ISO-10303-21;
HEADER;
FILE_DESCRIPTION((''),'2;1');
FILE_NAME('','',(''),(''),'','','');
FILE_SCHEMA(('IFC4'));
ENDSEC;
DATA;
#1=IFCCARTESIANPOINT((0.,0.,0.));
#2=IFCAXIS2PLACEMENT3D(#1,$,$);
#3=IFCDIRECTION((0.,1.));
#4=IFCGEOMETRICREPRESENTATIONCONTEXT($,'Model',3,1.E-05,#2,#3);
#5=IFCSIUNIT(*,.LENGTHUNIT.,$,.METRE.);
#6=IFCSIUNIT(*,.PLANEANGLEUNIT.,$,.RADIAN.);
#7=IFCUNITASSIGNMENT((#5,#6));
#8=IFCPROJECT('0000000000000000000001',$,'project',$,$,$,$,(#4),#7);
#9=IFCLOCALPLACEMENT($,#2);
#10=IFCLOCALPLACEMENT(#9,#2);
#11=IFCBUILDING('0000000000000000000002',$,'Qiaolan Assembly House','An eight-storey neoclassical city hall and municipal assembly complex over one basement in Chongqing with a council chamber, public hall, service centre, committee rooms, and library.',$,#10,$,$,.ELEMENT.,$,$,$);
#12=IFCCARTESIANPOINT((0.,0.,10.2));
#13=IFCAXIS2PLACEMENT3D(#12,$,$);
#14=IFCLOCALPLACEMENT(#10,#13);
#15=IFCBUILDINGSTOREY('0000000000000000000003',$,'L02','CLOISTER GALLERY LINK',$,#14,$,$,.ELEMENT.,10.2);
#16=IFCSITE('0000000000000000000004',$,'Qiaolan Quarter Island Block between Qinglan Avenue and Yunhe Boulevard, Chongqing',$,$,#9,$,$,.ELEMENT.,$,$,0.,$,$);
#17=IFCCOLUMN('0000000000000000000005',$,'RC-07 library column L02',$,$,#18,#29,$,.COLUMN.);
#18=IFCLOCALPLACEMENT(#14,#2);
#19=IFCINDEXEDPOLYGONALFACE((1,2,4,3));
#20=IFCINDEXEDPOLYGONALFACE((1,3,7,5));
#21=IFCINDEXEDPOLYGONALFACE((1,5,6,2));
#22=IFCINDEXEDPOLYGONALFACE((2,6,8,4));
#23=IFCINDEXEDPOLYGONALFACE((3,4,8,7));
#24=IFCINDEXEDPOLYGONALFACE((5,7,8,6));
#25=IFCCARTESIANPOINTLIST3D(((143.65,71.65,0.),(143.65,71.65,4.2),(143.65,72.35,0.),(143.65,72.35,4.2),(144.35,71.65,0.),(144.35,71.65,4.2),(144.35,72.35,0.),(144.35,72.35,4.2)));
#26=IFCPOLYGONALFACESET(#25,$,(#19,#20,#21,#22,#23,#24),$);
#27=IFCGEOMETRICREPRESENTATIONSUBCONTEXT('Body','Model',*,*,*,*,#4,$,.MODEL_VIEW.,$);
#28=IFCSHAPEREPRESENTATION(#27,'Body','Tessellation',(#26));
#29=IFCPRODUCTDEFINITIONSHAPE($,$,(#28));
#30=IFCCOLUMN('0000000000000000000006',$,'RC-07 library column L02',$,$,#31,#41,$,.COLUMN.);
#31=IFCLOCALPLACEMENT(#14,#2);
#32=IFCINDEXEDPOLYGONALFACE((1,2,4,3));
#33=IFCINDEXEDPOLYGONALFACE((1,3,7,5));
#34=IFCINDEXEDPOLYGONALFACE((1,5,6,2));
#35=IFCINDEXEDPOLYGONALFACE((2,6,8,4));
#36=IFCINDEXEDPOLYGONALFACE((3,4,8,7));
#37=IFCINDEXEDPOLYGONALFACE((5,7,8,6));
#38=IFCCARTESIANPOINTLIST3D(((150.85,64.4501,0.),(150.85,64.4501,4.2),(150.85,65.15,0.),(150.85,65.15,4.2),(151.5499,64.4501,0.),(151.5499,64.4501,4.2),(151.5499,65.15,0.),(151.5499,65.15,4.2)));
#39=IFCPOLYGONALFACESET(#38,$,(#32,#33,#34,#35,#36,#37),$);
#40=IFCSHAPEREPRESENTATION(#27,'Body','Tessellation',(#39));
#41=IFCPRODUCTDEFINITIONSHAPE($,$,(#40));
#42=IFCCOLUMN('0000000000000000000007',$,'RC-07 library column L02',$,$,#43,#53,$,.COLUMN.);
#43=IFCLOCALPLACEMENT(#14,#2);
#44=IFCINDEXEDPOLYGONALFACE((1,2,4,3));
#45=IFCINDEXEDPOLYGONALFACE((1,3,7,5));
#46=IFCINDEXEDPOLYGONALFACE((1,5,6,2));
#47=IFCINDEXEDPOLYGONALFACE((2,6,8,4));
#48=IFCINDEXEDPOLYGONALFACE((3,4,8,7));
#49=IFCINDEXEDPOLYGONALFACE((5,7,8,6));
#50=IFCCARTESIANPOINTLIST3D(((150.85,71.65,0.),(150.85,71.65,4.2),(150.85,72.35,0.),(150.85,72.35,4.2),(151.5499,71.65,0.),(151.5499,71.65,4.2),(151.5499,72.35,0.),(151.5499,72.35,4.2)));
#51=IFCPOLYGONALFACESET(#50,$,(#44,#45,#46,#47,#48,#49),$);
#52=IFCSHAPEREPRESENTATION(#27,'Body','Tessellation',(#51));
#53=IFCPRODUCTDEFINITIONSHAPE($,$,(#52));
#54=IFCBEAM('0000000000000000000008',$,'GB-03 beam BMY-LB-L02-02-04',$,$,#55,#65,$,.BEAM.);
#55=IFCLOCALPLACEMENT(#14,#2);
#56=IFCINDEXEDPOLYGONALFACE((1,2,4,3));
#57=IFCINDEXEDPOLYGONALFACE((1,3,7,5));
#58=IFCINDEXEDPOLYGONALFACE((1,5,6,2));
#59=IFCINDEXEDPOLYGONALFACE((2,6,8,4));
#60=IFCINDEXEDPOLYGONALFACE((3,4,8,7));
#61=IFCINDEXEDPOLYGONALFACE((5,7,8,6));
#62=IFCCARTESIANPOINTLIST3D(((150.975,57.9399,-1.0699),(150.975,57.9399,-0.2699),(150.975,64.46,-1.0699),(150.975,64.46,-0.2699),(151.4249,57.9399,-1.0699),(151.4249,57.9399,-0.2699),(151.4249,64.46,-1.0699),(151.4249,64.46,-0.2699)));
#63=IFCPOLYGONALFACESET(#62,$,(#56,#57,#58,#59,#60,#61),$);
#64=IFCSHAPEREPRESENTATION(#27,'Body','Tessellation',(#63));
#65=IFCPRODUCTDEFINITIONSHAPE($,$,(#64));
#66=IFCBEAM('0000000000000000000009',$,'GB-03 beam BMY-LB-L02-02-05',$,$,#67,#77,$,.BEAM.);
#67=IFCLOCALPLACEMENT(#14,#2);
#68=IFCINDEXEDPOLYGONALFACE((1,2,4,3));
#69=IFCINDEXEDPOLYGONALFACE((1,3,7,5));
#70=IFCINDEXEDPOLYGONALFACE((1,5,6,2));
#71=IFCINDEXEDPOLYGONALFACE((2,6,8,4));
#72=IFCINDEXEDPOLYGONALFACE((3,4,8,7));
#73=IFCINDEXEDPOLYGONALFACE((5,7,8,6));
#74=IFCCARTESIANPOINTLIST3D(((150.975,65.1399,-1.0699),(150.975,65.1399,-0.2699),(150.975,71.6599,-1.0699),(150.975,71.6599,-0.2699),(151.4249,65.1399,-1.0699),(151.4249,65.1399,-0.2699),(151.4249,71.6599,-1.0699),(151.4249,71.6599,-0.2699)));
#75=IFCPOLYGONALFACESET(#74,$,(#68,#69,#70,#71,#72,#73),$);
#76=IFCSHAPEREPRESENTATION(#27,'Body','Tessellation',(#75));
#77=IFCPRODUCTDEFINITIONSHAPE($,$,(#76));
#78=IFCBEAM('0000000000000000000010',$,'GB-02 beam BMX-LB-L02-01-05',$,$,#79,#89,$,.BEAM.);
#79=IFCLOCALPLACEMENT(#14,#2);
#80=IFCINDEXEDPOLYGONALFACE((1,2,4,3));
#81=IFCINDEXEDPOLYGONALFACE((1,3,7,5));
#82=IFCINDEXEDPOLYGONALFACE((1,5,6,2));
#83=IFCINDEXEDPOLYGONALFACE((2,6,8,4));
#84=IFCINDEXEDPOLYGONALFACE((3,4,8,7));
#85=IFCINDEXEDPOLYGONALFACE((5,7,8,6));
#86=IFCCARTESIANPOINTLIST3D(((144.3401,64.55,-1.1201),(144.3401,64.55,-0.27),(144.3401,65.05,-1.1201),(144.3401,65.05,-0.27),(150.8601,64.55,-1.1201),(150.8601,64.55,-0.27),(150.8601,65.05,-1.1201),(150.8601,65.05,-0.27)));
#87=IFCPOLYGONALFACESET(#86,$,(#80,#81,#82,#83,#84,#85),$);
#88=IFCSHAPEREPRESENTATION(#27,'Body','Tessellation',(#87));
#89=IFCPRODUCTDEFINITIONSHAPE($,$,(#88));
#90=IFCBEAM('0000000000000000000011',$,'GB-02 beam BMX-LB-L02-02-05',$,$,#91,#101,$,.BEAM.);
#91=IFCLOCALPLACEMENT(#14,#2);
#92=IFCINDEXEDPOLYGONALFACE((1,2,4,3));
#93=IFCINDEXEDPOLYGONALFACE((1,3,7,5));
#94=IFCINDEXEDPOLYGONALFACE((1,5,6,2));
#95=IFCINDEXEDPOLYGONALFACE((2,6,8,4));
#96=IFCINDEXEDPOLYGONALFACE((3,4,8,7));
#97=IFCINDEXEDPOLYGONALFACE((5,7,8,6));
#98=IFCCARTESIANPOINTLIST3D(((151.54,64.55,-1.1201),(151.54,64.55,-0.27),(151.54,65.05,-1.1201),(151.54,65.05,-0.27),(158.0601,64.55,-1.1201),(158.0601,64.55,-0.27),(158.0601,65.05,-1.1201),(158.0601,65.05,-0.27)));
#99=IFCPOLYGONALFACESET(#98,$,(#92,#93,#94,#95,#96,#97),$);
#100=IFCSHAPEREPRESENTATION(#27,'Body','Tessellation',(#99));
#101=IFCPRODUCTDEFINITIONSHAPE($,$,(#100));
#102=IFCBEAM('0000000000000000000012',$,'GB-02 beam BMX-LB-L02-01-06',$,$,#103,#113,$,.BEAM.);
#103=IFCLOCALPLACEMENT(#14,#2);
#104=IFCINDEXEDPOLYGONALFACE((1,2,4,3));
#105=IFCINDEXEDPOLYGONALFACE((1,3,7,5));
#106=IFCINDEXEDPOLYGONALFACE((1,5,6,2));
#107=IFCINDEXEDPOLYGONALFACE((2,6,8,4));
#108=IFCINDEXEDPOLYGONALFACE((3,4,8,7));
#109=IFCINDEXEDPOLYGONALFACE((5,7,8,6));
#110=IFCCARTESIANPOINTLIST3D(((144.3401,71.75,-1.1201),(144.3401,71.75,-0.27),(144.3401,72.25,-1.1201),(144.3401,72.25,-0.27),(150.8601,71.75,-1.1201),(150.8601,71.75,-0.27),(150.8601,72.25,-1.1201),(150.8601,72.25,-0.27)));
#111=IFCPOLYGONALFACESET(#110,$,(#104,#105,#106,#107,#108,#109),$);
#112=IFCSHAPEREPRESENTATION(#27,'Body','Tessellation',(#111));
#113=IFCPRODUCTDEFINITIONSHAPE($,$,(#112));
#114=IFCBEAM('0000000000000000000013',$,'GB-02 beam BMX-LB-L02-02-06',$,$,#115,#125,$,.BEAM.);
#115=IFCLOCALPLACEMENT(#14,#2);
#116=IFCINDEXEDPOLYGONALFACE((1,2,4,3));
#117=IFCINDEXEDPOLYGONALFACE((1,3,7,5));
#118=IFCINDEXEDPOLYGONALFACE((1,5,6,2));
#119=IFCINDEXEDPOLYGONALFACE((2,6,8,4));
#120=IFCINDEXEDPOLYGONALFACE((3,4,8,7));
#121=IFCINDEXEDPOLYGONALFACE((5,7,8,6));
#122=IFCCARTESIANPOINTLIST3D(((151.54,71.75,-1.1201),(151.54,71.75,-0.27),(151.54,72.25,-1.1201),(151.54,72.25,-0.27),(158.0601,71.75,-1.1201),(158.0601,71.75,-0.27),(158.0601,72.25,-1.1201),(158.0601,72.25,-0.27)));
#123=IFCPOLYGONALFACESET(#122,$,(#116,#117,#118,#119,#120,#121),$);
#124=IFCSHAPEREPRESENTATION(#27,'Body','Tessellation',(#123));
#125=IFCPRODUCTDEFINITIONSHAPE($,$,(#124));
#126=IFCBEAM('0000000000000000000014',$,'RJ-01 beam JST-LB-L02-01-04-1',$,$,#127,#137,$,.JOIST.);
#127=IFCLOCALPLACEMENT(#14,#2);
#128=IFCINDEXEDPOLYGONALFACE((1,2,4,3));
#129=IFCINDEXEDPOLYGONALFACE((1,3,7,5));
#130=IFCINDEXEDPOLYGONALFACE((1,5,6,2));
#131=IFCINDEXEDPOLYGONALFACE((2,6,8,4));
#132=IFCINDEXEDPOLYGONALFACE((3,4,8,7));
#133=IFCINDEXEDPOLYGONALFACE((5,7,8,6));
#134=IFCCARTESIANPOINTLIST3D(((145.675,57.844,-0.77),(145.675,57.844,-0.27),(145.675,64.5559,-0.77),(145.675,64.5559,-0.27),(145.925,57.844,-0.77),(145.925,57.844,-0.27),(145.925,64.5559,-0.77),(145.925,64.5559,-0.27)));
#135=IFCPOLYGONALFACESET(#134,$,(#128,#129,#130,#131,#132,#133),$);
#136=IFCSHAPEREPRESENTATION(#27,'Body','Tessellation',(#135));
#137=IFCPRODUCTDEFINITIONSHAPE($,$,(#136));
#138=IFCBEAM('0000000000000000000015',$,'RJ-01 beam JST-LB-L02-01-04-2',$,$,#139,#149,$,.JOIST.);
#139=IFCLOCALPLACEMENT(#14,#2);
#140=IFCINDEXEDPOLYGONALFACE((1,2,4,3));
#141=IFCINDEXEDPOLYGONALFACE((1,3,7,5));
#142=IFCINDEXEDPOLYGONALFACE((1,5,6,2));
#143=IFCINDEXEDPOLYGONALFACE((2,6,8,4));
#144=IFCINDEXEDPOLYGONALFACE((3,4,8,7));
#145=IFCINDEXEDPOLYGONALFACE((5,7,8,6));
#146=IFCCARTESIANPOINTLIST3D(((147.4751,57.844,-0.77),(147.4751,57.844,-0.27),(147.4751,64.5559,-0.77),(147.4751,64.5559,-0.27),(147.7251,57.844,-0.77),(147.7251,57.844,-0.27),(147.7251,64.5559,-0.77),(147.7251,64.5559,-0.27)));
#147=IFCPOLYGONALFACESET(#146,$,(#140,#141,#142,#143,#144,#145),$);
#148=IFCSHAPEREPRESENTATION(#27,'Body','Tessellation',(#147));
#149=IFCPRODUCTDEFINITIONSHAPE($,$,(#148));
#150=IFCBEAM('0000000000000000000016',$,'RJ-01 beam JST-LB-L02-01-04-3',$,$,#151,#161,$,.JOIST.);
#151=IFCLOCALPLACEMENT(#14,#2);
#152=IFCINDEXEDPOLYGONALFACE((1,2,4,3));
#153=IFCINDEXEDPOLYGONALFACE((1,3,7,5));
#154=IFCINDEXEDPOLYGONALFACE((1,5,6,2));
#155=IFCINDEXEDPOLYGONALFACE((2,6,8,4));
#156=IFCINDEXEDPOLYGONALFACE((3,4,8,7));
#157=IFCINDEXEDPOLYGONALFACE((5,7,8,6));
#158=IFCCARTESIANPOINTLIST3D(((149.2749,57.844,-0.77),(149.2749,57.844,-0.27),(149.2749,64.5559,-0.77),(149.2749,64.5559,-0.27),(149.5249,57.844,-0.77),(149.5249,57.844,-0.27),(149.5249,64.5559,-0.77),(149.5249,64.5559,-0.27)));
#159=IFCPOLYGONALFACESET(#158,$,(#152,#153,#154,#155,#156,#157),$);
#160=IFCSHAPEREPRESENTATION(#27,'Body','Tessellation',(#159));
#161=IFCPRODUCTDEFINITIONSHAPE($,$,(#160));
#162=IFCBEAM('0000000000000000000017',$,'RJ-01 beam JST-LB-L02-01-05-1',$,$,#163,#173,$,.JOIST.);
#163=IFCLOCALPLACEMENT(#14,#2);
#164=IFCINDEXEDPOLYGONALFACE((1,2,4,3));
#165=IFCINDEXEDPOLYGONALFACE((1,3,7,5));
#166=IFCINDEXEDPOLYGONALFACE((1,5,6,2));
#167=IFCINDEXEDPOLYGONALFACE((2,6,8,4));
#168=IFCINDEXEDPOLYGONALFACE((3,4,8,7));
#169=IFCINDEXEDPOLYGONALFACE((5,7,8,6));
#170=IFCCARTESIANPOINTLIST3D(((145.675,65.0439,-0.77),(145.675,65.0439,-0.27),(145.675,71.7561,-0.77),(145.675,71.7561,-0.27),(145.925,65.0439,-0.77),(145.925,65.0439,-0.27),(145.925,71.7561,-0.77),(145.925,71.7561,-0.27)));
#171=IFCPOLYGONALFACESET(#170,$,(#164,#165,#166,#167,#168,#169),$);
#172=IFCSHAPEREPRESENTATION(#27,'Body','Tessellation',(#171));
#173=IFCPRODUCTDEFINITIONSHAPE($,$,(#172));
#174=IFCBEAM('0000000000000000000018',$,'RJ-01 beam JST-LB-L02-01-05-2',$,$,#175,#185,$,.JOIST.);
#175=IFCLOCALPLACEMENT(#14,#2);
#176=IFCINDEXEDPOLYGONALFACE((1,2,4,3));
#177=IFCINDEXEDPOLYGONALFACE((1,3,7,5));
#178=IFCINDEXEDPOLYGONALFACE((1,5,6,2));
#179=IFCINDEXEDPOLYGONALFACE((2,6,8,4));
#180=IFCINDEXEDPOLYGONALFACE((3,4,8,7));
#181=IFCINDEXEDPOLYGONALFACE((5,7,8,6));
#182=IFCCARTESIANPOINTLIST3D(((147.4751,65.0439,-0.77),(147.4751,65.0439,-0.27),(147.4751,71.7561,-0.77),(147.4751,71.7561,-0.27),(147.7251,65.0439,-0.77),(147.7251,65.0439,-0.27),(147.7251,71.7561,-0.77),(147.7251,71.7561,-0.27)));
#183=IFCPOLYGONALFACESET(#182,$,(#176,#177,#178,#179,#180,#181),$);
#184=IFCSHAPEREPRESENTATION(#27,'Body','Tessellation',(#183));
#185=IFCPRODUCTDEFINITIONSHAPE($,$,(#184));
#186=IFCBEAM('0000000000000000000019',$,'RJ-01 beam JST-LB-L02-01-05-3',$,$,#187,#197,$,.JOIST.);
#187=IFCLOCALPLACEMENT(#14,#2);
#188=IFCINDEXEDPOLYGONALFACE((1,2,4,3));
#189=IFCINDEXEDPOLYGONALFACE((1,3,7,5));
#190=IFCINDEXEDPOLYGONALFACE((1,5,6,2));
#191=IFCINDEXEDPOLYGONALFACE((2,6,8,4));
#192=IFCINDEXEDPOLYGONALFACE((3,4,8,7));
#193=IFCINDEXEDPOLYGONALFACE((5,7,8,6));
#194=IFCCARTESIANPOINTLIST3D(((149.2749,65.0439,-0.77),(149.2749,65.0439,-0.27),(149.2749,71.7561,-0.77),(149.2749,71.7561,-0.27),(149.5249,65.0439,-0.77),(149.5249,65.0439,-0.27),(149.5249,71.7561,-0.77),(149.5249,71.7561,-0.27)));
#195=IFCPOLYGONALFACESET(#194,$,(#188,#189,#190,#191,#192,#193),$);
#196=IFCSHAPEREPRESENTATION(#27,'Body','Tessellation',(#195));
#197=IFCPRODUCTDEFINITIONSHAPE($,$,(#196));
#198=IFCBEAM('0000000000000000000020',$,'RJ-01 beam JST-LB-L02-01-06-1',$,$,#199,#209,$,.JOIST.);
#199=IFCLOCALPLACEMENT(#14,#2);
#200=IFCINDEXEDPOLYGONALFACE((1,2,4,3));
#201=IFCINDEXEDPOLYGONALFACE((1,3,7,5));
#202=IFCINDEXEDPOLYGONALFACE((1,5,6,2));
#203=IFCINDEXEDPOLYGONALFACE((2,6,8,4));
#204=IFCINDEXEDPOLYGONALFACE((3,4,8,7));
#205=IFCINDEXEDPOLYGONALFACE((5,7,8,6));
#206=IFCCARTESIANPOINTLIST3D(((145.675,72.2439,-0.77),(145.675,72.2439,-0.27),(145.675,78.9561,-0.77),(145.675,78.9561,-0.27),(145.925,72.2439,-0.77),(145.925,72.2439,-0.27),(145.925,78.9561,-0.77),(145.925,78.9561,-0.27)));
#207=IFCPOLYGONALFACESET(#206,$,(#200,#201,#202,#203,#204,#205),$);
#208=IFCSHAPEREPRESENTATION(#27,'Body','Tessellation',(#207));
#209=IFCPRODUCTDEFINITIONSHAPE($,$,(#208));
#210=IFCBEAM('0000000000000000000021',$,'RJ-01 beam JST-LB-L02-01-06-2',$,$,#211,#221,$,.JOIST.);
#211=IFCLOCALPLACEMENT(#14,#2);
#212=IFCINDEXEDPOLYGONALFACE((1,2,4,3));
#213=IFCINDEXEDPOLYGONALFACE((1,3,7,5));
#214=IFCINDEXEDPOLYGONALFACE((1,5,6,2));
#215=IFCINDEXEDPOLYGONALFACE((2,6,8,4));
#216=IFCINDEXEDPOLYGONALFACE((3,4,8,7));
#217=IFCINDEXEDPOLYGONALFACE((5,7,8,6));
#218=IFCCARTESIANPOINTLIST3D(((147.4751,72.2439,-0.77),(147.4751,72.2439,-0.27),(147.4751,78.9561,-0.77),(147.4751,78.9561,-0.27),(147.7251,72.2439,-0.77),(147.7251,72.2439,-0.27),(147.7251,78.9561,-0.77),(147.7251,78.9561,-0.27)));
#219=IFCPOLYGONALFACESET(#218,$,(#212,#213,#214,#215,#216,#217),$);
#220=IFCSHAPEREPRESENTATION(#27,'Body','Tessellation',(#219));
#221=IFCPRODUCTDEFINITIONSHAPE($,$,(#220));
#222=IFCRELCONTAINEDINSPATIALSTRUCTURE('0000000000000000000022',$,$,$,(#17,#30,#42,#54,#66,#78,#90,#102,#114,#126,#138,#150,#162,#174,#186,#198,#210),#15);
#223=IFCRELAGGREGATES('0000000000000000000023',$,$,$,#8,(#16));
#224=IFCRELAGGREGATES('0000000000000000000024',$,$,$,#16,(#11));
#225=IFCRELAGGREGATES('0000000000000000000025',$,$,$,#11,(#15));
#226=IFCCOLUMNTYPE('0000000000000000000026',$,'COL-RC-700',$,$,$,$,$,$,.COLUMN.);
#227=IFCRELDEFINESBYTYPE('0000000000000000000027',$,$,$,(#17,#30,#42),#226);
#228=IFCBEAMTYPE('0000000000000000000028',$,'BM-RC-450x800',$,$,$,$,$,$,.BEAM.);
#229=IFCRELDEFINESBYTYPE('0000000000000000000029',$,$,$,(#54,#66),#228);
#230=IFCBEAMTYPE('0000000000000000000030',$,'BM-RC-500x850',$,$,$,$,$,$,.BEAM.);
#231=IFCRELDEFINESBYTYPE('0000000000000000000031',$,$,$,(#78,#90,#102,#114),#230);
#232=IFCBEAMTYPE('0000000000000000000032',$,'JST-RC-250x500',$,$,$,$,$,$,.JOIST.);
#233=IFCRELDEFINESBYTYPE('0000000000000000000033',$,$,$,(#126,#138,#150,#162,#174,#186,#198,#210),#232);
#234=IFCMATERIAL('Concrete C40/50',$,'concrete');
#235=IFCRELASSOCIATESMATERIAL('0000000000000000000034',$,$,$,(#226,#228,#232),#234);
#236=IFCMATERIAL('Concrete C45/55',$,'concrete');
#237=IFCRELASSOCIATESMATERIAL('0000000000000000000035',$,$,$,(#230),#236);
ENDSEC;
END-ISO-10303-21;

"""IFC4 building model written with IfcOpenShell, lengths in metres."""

from ifc_helpers import new_model, si_unit, direction, frame, origin, origin_2d, place, context, subcontext, project, spatial, rectangle, extrude, material, material_profile, profile_set, type_object, element, save


model = new_model("IFC4")

# Units and contexts
model_context = context("Model", 3, precision=1e-05, world=origin(), true_north=direction((0.0, 1.0)))
body_context = subcontext(model_context, "Body", "Model", "MODEL_VIEW")
ifc_project = project(units=[si_unit("LENGTHUNIT", "METRE"), si_unit("PLANEANGLEUNIT", "RADIAN")], contexts=[model_context])

# Site, building, storey
site_placement = place(None, origin())
site = spatial("IfcSite", under=ifc_project, at=site_placement, Name="Qiaolan Quarter Island Block between Qinglan Avenue and Yunhe Boulevard, Chongqing", CompositionType="ELEMENT", RefElevation=0.0)
building_placement = place(site_placement, origin())
building = spatial("IfcBuilding", under=site, at=building_placement, Name="Qiaolan Assembly House", Description="An eight-storey neoclassical city hall and municipal assembly complex over one basement in Chongqing with a council chamber, public hall, service centre, committee rooms, and library.", CompositionType="ELEMENT")
storey_placement = place(building_placement, frame((0.0, 0.0, 10.2)))
storey = spatial("IfcBuildingStorey", under=building, at=storey_placement, Name="L02", Description="CLOISTER GALLERY LINK", CompositionType="ELEMENT", Elevation=10.2)

# Columns
ifc_material_1 = material(Name="Concrete C40/50", Category="concrete")
ifc_material_profile_1 = material_profile(ifc_material_1, rectangle(XDim=0.7, YDim=0.7, at=origin_2d()), Name="RC 700x700")
ifc_profile_set_1 = profile_set([ifc_material_profile_1], Name="Concrete C40/50")
column_type = type_object("IfcColumnType", Name="COL-RC-700", PredefinedType="COLUMN", material=ifc_profile_set_1)
for number, where, z_axis, x_axis, name in (
    (1, (144.0, 72.0, 0.0), (0.0, 0.0, 1.0), (1.0, 0.0, 0.0), "RC-07 library column L02"),
    (2, (151.2, 64.8, 0.0), (0.0, 0.0, 1.0), (1.0, 0.0, 0.0), "RC-07 library column L02"),
    (3, (151.2, 72.0, 0.0), (0.0, 0.0, 1.0), (1.0, 0.0, 0.0), "RC-07 library column L02"),
):
    element("IfcColumn", number, at=place(storey_placement, frame(where, z_axis=z_axis, x_axis=x_axis)), inside=storey, type_object=column_type, Name=name, PredefinedType="COLUMN", context=body_context, shape_type="SweptSolid", body=[
        extrude(rectangle(XDim=0.7, YDim=0.7, at=origin_2d()), origin(), (0.0, 0.0, 1.0), 4.2),
    ])

# Beams
ifc_material_profile_2 = material_profile(ifc_material_1, rectangle(XDim=0.45, YDim=0.8, at=origin_2d()), Name="RCB 450x800")
ifc_profile_set_2 = profile_set([ifc_material_profile_2], Name="Concrete C40/50")
beam_type_1 = type_object("IfcBeamType", Name="BM-RC-450x800", PredefinedType="BEAM", material=ifc_profile_set_2)
for number, where, z_axis, x_axis, name in (
    (4, (151.2, 57.9399, -0.6699), (0.0, 1.0, 0.0), (-1.0, 0.0, 0.0), "GB-03 beam BMY-LB-L02-02-04"),
    (5, (151.2, 65.1399, -0.6699), (0.0, 1.0, 0.0), (-1.0, 0.0, 0.0), "GB-03 beam BMY-LB-L02-02-05"),
):
    element("IfcBeam", number, at=place(storey_placement, frame(where, z_axis=z_axis, x_axis=x_axis)), inside=storey, type_object=beam_type_1, Name=name, PredefinedType="BEAM", context=body_context, shape_type="SweptSolid", body=[
        extrude(rectangle(XDim=0.45, YDim=0.8, at=origin_2d()), origin(), (0.0, 0.0, 1.0), 6.52),
    ])
ifc_material_2 = material(Name="Concrete C45/55", Category="concrete")
ifc_material_profile_3 = material_profile(ifc_material_2, rectangle(XDim=0.5, YDim=0.8501, at=origin_2d()), Name="RCB 500x850")
ifc_profile_set_3 = profile_set([ifc_material_profile_3], Name="Concrete C45/55")
beam_type_2 = type_object("IfcBeamType", Name="BM-RC-500x850", PredefinedType="BEAM", material=ifc_profile_set_3)
for number, where, z_axis, x_axis, name in (
    (6, (144.3401, 64.8, -0.6951), (1.0, 0.0, 0.0), (0.0, 1.0, 0.0), "GB-02 beam BMX-LB-L02-01-05"),
    (7, (151.54, 64.8, -0.6951), (1.0, 0.0, 0.0), (0.0, 1.0, 0.0), "GB-02 beam BMX-LB-L02-02-05"),
    (8, (144.3401, 72.0, -0.6951), (1.0, 0.0, 0.0), (0.0, 1.0, 0.0), "GB-02 beam BMX-LB-L02-01-06"),
    (9, (151.54, 72.0, -0.6951), (1.0, 0.0, 0.0), (0.0, 1.0, 0.0), "GB-02 beam BMX-LB-L02-02-06"),
):
    element("IfcBeam", number, at=place(storey_placement, frame(where, z_axis=z_axis, x_axis=x_axis)), inside=storey, type_object=beam_type_2, Name=name, PredefinedType="BEAM", context=body_context, shape_type="SweptSolid", body=[
        extrude(rectangle(XDim=0.5, YDim=0.8501, at=origin_2d()), origin(), (0.0, 0.0, 1.0), 6.52),
    ])
ifc_material_profile_4 = material_profile(ifc_material_1, rectangle(XDim=0.25, YDim=0.5, at=origin_2d()), Name="RCB 250x500")
ifc_profile_set_4 = profile_set([ifc_material_profile_4], Name="Concrete C40/50")
beam_type_3 = type_object("IfcBeamType", Name="JST-RC-250x500", PredefinedType="JOIST", material=ifc_profile_set_4)
for number, where, z_axis, x_axis, name in (
    (10, (145.8, 57.844, -0.52), (0.0, 1.0, 0.0), (-1.0, 0.0, 0.0), "RJ-01 beam JST-LB-L02-01-04-1"),
    (11, (147.6001, 57.844, -0.52), (0.0, 1.0, 0.0), (-1.0, 0.0, 0.0), "RJ-01 beam JST-LB-L02-01-04-2"),
    (12, (149.3999, 57.844, -0.52), (0.0, 1.0, 0.0), (-1.0, 0.0, 0.0), "RJ-01 beam JST-LB-L02-01-04-3"),
):
    element("IfcBeam", number, at=place(storey_placement, frame(where, z_axis=z_axis, x_axis=x_axis)), inside=storey, type_object=beam_type_3, Name=name, PredefinedType="JOIST", context=body_context, shape_type="SweptSolid", body=[
        extrude(rectangle(XDim=0.25, YDim=0.5, at=origin_2d()), origin(), (0.0, 0.0, 1.0), 6.7119),
    ])
for number, where, z_axis, x_axis, name in (
    (13, (145.8, 65.0439, -0.52), (0.0, 1.0, 0.0), (-1.0, 0.0, 0.0), "RJ-01 beam JST-LB-L02-01-05-1"),
    (14, (147.6001, 65.0439, -0.52), (0.0, 1.0, 0.0), (-1.0, 0.0, 0.0), "RJ-01 beam JST-LB-L02-01-05-2"),
    (15, (149.3999, 65.0439, -0.52), (0.0, 1.0, 0.0), (-1.0, 0.0, 0.0), "RJ-01 beam JST-LB-L02-01-05-3"),
    (16, (145.8, 72.2439, -0.52), (0.0, 1.0, 0.0), (-1.0, 0.0, 0.0), "RJ-01 beam JST-LB-L02-01-06-1"),
    (17, (147.6001, 72.2439, -0.52), (0.0, 1.0, 0.0), (-1.0, 0.0, 0.0), "RJ-01 beam JST-LB-L02-01-06-2"),
):
    element("IfcBeam", number, at=place(storey_placement, frame(where, z_axis=z_axis, x_axis=x_axis)), inside=storey, type_object=beam_type_3, Name=name, PredefinedType="JOIST", context=body_context, shape_type="SweptSolid", body=[
        extrude(rectangle(XDim=0.25, YDim=0.5, at=origin_2d()), origin(), (0.0, 0.0, 1.0), 6.7122),
    ])

save(model, "model.ifc")
